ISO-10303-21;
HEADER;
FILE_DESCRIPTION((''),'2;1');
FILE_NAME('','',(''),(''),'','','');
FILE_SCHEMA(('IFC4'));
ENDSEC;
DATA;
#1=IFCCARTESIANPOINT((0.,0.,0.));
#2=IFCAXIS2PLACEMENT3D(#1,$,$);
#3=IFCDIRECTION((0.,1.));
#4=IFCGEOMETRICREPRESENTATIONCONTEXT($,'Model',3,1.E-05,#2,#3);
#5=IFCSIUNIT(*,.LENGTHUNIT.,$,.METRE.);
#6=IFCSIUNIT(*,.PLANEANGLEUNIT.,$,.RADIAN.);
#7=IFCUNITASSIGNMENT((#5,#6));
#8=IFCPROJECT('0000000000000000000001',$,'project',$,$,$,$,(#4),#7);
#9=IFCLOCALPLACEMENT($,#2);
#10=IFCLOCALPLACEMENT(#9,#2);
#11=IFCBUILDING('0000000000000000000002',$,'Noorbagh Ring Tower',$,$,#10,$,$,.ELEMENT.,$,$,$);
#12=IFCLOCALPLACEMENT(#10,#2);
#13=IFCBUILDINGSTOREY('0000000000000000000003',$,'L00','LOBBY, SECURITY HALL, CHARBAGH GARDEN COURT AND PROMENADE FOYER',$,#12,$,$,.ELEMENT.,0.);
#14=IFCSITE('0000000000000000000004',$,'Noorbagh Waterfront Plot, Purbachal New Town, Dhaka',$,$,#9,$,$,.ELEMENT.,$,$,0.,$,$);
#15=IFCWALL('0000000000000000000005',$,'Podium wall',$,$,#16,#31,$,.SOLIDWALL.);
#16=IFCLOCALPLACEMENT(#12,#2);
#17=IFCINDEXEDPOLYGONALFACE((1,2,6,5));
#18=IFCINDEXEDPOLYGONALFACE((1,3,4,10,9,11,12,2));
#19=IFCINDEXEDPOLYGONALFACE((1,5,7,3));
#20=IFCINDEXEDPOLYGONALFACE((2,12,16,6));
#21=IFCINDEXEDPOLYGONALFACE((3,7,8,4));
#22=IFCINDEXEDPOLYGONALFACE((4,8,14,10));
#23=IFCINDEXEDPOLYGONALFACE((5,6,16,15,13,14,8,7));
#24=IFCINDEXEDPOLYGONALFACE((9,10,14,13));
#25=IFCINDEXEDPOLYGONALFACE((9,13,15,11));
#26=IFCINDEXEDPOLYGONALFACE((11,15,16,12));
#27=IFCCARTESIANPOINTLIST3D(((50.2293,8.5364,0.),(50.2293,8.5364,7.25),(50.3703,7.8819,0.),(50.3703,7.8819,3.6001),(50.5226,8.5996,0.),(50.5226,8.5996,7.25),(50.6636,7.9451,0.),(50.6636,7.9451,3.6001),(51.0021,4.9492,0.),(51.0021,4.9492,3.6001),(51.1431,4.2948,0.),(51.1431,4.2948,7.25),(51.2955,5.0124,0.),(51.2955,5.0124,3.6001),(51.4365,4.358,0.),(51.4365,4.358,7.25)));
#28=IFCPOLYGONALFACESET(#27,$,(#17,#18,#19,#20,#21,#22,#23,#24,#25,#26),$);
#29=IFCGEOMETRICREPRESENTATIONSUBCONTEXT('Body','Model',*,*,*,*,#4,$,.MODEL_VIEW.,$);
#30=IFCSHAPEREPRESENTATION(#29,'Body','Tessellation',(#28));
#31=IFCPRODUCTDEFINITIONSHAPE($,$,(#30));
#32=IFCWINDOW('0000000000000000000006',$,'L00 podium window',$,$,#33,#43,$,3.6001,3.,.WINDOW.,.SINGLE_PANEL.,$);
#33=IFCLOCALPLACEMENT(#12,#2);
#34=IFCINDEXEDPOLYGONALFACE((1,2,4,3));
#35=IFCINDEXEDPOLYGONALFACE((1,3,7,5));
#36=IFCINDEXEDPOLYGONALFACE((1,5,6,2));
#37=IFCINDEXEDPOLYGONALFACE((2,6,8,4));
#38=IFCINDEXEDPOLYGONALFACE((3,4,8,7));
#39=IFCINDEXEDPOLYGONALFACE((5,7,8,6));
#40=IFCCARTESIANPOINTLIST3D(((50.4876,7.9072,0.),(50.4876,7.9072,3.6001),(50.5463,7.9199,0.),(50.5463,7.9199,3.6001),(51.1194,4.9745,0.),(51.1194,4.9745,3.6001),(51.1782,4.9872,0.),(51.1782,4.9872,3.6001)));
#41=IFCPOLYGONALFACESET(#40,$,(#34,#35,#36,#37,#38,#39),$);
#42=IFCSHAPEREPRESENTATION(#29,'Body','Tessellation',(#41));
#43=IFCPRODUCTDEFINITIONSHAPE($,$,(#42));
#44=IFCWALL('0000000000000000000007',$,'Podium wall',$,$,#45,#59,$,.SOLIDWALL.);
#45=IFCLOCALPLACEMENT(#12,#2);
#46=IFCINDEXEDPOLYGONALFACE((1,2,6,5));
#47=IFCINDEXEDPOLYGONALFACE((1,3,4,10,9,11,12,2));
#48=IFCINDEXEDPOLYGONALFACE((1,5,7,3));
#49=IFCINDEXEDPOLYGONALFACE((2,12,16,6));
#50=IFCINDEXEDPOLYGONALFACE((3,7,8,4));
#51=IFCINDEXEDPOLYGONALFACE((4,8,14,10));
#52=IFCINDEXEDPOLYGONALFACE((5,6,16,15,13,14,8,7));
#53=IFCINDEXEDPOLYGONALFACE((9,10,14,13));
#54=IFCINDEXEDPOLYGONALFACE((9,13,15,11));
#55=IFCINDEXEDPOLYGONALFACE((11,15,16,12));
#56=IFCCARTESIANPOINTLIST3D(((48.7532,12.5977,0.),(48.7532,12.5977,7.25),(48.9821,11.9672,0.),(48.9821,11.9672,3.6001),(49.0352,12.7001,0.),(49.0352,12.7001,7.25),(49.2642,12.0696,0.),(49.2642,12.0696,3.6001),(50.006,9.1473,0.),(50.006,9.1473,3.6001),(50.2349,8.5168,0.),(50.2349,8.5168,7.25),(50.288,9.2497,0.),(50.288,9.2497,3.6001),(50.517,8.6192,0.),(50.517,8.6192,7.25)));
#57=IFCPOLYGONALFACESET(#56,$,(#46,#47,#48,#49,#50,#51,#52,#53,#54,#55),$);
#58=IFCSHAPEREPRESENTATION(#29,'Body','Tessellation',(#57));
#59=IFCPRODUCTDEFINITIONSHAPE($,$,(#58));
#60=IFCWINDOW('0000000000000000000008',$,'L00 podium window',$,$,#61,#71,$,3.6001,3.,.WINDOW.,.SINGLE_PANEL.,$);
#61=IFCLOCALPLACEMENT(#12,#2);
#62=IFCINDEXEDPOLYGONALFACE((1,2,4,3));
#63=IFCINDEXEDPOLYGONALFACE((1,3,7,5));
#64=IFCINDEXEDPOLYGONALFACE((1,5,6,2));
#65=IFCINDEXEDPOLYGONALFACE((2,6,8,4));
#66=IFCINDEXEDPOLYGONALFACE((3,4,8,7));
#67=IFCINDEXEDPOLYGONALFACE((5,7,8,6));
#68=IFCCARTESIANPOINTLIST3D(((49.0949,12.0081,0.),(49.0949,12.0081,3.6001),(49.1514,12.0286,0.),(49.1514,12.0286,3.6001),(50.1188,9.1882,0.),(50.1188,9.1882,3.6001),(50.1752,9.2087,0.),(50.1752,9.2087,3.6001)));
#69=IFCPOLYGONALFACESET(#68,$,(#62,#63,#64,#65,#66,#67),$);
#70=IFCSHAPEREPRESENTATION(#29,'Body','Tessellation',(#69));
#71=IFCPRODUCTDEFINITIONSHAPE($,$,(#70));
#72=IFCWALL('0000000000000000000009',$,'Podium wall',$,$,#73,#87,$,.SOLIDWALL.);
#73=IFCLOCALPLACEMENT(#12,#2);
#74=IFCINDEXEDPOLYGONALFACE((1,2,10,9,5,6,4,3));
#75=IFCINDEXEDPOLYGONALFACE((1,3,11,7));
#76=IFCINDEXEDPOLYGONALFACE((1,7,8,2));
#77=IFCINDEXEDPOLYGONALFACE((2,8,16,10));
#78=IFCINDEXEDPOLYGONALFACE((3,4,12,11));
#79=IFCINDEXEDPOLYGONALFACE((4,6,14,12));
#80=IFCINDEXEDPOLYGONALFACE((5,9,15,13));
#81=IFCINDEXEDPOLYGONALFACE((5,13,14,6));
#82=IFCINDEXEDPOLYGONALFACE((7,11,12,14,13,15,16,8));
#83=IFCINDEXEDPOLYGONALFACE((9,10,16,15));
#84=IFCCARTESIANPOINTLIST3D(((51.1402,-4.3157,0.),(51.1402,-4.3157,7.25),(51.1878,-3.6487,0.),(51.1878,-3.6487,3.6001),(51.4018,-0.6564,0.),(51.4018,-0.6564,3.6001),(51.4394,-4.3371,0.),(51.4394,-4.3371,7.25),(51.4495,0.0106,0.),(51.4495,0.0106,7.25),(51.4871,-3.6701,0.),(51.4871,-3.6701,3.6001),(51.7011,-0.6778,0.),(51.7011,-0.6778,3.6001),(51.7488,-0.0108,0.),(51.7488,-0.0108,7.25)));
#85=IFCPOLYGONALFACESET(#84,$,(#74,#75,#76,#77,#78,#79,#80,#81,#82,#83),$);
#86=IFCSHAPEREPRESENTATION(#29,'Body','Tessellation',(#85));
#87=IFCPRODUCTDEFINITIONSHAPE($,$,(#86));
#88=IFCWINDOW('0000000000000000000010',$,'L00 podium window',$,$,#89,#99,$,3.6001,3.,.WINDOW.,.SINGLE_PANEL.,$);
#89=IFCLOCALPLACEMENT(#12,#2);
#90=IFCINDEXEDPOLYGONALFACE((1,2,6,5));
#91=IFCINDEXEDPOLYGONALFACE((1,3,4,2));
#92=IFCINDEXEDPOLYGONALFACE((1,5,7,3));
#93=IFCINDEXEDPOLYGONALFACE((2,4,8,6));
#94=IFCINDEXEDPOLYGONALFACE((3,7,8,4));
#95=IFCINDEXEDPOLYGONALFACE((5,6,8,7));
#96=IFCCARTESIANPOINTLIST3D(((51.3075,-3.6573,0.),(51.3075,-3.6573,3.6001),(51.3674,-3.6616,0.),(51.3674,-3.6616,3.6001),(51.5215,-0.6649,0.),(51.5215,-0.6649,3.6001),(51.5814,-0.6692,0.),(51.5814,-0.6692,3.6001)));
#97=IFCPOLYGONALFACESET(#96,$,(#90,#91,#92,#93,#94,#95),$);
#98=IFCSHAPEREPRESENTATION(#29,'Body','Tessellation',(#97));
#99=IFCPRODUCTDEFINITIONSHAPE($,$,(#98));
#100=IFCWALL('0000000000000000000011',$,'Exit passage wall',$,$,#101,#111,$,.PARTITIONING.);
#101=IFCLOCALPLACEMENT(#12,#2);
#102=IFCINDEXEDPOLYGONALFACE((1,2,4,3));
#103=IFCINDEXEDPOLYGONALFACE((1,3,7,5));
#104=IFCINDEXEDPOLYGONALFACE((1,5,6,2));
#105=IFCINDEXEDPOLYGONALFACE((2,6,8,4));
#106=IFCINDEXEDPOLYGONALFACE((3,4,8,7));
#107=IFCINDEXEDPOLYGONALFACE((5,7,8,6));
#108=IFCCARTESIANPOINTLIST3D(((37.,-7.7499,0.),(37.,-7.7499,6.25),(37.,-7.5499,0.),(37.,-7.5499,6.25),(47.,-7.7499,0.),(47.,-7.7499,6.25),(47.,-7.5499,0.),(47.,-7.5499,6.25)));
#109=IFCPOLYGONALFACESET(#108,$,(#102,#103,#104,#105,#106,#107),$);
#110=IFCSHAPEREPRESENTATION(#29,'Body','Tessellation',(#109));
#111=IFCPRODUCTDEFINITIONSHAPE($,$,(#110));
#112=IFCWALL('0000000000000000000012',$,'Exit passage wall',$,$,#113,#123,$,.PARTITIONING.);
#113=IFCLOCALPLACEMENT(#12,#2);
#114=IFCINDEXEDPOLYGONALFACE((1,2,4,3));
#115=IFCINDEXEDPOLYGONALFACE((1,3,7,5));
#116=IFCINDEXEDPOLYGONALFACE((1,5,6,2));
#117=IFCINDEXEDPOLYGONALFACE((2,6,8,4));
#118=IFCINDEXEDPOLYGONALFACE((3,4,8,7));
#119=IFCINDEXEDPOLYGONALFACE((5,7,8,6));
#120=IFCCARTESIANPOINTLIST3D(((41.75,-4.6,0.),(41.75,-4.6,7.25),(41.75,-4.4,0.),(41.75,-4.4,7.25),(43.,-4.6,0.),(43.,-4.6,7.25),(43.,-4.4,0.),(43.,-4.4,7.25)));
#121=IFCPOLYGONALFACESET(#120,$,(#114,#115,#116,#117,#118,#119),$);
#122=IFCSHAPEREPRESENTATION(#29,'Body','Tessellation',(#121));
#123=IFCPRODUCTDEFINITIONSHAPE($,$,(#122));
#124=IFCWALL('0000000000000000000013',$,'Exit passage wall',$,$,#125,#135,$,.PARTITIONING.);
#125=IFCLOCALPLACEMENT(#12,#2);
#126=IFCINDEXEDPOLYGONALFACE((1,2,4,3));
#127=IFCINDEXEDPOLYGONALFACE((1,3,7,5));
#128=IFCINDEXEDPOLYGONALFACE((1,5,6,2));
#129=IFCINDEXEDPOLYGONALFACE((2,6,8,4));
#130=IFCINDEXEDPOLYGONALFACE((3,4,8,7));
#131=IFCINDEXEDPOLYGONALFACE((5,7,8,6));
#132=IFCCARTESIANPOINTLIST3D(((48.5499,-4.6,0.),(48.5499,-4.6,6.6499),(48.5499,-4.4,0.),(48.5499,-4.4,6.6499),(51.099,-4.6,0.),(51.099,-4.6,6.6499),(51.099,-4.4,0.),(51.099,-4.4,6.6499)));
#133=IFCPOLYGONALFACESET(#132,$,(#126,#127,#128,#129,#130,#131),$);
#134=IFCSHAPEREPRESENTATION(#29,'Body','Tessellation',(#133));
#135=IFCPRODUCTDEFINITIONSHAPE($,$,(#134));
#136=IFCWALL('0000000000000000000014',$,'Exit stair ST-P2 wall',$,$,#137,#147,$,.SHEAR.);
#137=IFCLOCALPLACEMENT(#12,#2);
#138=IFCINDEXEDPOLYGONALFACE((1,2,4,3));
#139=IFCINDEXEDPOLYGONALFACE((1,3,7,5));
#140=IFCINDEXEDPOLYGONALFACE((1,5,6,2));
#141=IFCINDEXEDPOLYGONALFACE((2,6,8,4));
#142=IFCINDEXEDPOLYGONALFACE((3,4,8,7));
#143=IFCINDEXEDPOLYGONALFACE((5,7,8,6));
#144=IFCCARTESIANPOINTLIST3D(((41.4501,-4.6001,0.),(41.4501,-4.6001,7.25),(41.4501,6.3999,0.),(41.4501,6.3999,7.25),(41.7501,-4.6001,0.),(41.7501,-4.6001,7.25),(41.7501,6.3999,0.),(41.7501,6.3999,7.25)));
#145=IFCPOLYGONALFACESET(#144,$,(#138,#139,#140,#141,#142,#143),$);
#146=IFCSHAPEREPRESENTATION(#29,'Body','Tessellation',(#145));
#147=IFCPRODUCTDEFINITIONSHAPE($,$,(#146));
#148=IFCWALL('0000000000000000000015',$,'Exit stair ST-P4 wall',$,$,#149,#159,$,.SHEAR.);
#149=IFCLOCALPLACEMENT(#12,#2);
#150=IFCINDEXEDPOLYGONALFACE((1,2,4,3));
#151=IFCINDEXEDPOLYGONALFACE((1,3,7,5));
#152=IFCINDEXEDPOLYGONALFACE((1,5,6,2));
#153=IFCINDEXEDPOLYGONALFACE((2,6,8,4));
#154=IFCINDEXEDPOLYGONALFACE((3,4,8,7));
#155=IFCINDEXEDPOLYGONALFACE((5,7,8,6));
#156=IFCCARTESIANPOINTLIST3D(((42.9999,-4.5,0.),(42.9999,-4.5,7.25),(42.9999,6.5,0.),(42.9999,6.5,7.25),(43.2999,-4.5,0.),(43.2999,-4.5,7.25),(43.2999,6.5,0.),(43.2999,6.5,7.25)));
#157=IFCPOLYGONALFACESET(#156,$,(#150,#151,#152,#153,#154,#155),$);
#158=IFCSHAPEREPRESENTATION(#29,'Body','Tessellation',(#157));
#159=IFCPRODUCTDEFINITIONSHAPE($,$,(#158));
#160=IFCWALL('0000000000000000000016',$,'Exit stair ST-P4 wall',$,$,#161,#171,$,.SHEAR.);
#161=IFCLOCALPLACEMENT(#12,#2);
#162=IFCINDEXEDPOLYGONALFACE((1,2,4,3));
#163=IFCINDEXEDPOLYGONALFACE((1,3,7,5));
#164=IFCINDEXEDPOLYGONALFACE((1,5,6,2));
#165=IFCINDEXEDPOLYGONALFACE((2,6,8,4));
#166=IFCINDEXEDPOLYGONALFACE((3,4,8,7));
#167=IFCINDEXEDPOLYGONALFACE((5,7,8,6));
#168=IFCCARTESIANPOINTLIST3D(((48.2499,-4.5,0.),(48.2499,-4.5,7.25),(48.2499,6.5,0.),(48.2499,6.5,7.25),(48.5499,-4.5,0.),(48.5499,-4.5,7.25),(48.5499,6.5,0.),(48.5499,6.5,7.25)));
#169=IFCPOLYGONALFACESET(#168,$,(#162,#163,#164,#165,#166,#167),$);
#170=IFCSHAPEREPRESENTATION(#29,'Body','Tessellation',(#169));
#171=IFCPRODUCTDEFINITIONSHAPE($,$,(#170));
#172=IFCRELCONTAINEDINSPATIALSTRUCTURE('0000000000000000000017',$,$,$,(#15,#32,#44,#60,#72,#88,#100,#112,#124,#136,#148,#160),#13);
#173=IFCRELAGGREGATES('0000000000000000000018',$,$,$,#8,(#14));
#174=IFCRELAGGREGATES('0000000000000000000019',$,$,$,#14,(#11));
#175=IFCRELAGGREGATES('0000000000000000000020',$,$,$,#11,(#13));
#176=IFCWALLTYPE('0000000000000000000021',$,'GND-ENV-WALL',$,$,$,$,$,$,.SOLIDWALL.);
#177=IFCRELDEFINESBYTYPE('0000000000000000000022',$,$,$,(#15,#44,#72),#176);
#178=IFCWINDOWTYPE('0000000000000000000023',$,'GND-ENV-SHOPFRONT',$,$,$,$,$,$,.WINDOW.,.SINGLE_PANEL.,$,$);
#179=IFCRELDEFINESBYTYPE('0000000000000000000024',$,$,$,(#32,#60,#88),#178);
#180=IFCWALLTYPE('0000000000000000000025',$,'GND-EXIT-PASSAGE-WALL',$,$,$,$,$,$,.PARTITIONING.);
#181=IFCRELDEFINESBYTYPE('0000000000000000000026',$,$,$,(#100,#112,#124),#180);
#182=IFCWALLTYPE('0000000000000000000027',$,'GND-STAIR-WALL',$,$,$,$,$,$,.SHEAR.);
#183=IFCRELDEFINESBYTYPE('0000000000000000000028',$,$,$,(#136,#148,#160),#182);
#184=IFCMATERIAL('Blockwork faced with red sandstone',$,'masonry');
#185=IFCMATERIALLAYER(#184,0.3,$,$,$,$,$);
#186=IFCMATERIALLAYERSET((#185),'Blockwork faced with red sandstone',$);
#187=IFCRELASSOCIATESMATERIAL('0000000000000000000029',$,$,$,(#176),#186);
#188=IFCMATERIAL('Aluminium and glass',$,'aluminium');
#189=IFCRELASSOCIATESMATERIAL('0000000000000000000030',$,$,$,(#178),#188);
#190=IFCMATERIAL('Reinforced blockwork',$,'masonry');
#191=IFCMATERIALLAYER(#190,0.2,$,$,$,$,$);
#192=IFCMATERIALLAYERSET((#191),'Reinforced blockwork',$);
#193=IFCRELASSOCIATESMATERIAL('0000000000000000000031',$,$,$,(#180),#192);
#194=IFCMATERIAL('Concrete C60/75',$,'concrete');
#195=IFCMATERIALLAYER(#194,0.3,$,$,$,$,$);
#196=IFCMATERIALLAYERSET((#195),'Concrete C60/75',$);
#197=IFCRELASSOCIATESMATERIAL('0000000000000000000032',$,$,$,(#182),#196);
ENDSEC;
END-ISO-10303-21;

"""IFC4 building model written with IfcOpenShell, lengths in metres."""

from ifc_helpers import new_model, si_unit, direction, frame, frame_2d, origin, place, context, subcontext, project, spatial, rectangle, extrude, material, layer, layer_set, type_object, element, fill, save


model = new_model("IFC4")

# Units and contexts
model_context = context("Model", 3, precision=1e-05, world=origin(), true_north=direction((0.0, 1.0)))
body_context = subcontext(model_context, "Body", "Model", "MODEL_VIEW")
ifc_project = project(units=[si_unit("LENGTHUNIT", "METRE"), si_unit("PLANEANGLEUNIT", "RADIAN")], contexts=[model_context])

# Site, building, storey
site_placement = place(None, origin())
site = spatial("IfcSite", under=ifc_project, at=site_placement, Name="Noorbagh Waterfront Plot, Purbachal New Town, Dhaka", CompositionType="ELEMENT", RefElevation=0.0)
building_placement = place(site_placement, origin())
building = spatial("IfcBuilding", under=site, at=building_placement, Name="Noorbagh Ring Tower", CompositionType="ELEMENT")
storey_placement = place(building_placement, origin())
storey = spatial("IfcBuildingStorey", under=building, at=storey_placement, Name="L00", Description="LOBBY, SECURITY HALL, CHARBAGH GARDEN COURT AND PROMENADE FOYER", CompositionType="ELEMENT", Elevation=0.0)

# Walls, openings, windows
ifc_material_1 = material(Name="Blockwork faced with red sandstone", Category="masonry")
ifc_layer_1 = layer(ifc_material_1, 0.3)
ifc_layer_set_1 = layer_set([ifc_layer_1], Name="Blockwork faced with red sandstone")
wall_type_1 = type_object("IfcWallType", Name="GND-ENV-WALL", PredefinedType="SOLIDWALL", material=ifc_layer_set_1)
ifc_material_2 = material(Name="Aluminium and glass", Category="aluminium")
window_type = type_object("IfcWindowType", Name="GND-ENV-SHOPFRONT", PartitioningType="SINGLE_PANEL", PredefinedType="WINDOW", material=ifc_material_2)
wall_1_placement = place(storey_placement, frame((51.2898, 4.3264, 0.0), z_axis=(0.0, 0.0, 1.0), x_axis=(-0.210616, 0.977569, 0.0)))
wall_1 = element("IfcWall", 1, at=wall_1_placement, inside=storey, type_object=wall_type_1, Name="Podium wall", PredefinedType="SOLIDWALL", context=body_context, shape_type="SweptSolid", body=[
    extrude(rectangle(XDim=4.3389, YDim=0.3, at=frame_2d((2.1694, 0.0))), origin(), (0.0, 0.0, 1.0), 7.25),
])
opening_1_placement = place(wall_1_placement, frame((0.6694, 0.0, 0.0)))
opening_1 = element("IfcOpeningElement", 2, at=opening_1_placement, cuts=wall_1, PredefinedType="OPENING", context=body_context, shape_type="SweptSolid", body=[
    extrude(rectangle(XDim=3.0, YDim=3.6001, at=frame_2d((1.5, 1.8))), frame((0.0, 0.1602, 0.0), z_axis=(0.0, -1.0, 0.0), x_axis=(1.0, 0.0, 0.0)), (0.0, 0.0, 1.0), 0.3201),
])
window_1_placement = place(opening_1_placement, origin())
window_1 = element("IfcWindow", 3, at=window_1_placement, inside=storey, type_object=window_type, Name="L00 podium window", OverallHeight=3.6001, OverallWidth=3.0, PartitioningType="SINGLE_PANEL", PredefinedType="WINDOW", context=body_context, shape_type="SweptSolid", body=[
    extrude(rectangle(XDim=3.0, YDim=3.6001, at=frame_2d((1.5, 1.8))), frame((0.0, 0.03, 0.0), z_axis=(0.0, -1.0, 0.0), x_axis=(1.0, 0.0, 0.0)), (0.0, 0.0, 1.0), 0.0601),
])
fill(opening_1, window_1)
wall_2_placement = place(storey_placement, frame((50.376, 8.5679, 0.0), z_axis=(0.0, 0.0, 1.0), x_axis=(-0.341287, 0.939959, 0.0)))
wall_2 = element("IfcWall", 4, at=wall_2_placement, inside=storey, type_object=wall_type_1, Name="Podium wall", PredefinedType="SOLIDWALL", context=body_context, shape_type="SweptSolid", body=[
    extrude(rectangle(XDim=4.3416, YDim=0.3, at=frame_2d((2.1709, 0.0))), origin(), (0.0, 0.0, 1.0), 7.25),
])
opening_2_placement = place(wall_2_placement, frame((0.6709, 0.0, 0.0)))
opening_2 = element("IfcOpeningElement", 5, at=opening_2_placement, cuts=wall_2, PredefinedType="OPENING", context=body_context, shape_type="SweptSolid", body=[
    extrude(rectangle(XDim=3.0, YDim=3.6001, at=frame_2d((1.5, 1.8))), frame((0.0, 0.1602, 0.0), z_axis=(0.0, -1.0, 0.0), x_axis=(1.0, 0.0, 0.0)), (0.0, 0.0, 1.0), 0.3201),
])
window_2_placement = place(opening_2_placement, origin())
window_2 = element("IfcWindow", 6, at=window_2_placement, inside=storey, type_object=window_type, Name="L00 podium window", OverallHeight=3.6001, OverallWidth=3.0, PartitioningType="SINGLE_PANEL", PredefinedType="WINDOW", context=body_context, shape_type="SweptSolid", body=[
    extrude(rectangle(XDim=3.0, YDim=3.6001, at=frame_2d((1.5, 1.8))), frame((0.0, 0.03, 0.0), z_axis=(0.0, -1.0, 0.0), x_axis=(1.0, 0.0, 0.0)), (0.0, 0.0, 1.0), 0.0601),
])
fill(opening_2, window_2)
wall_3_placement = place(storey_placement, frame((51.2898, -4.3264, 0.0), z_axis=(0.0, 0.0, 1.0), x_axis=(0.071315, 0.997454, 0.0)))
wall_3 = element("IfcWall", 7, at=wall_3_placement, inside=storey, type_object=wall_type_1, Name="Podium wall", PredefinedType="SOLIDWALL", context=body_context, shape_type="SweptSolid", body=[
    extrude(rectangle(XDim=4.3374, YDim=0.3, at=frame_2d((2.1687, 0.0))), origin(), (0.0, 0.0, 1.0), 7.25),
])
opening_3_placement = place(wall_3_placement, frame((0.6687, 0.0, 0.0)))
opening_3 = element("IfcOpeningElement", 8, at=opening_3_placement, cuts=wall_3, PredefinedType="OPENING", context=body_context, shape_type="SweptSolid", body=[
    extrude(rectangle(XDim=3.0, YDim=3.6001, at=frame_2d((1.5, 1.8))), frame((0.0, 0.1602, 0.0), z_axis=(0.0, -1.0, 0.0), x_axis=(1.0, 0.0, 0.0)), (0.0, 0.0, 1.0), 0.3201),
])
window_3_placement = place(opening_3_placement, origin())
window_3 = element("IfcWindow", 9, at=window_3_placement, inside=storey, type_object=window_type, Name="L00 podium window", OverallHeight=3.6001, OverallWidth=3.0, PartitioningType="SINGLE_PANEL", PredefinedType="WINDOW", context=body_context, shape_type="SweptSolid", body=[
    extrude(rectangle(XDim=3.0, YDim=3.6001, at=frame_2d((1.5, 1.8))), frame((0.0, 0.03, 0.0), z_axis=(0.0, -1.0, 0.0), x_axis=(1.0, 0.0, 0.0)), (0.0, 0.0, 1.0), 0.0601),
])
fill(opening_3, window_3)

# Walls
ifc_material_3 = material(Name="Reinforced blockwork", Category="masonry")
ifc_layer_2 = layer(ifc_material_3, 0.2)
ifc_layer_set_2 = layer_set([ifc_layer_2], Name="Reinforced blockwork")
wall_type_2 = type_object("IfcWallType", Name="GND-EXIT-PASSAGE-WALL", PredefinedType="PARTITIONING", material=ifc_layer_set_2)
wall_4_placement = place(storey_placement, frame((47.0, -7.6499, 0.0), z_axis=(0.0, 0.0, 1.0), x_axis=(-1.0, 0.0, 0.0)))
element("IfcWall", 10, at=wall_4_placement, inside=storey, type_object=wall_type_2, Name="Exit passage wall", PredefinedType="PARTITIONING", context=body_context, shape_type="SweptSolid", body=[
    extrude(rectangle(XDim=10.0, YDim=0.2, at=frame_2d((5.0, 0.0))), origin(), (0.0, 0.0, 1.0), 6.25),
])
wall_5_placement = place(storey_placement, frame((41.75, -4.5, 0.0), z_axis=(0.0, 0.0, 1.0), x_axis=(1.0, 0.0, 0.0)))
element("IfcWall", 11, at=wall_5_placement, inside=storey, type_object=wall_type_2, Name="Exit passage wall", PredefinedType="PARTITIONING", context=body_context, shape_type="SweptSolid", body=[
    extrude(rectangle(XDim=1.25, YDim=0.2, at=frame_2d((0.625, 0.0))), origin(), (0.0, 0.0, 1.0), 7.25),
])
wall_6_placement = place(storey_placement, frame((48.55, -4.5, 0.0), z_axis=(0.0, 0.0, 1.0), x_axis=(1.0, 0.0, 0.0)))
element("IfcWall", 12, at=wall_6_placement, inside=storey, type_object=wall_type_2, Name="Exit passage wall", PredefinedType="PARTITIONING", context=body_context, shape_type="SweptSolid", body=[
    extrude(rectangle(XDim=2.5491, YDim=0.2, at=frame_2d((1.2744, 0.0))), origin(), (0.0, 0.0, 1.0), 6.6499),
])
ifc_material_4 = material(Name="Concrete C60/75", Category="concrete")
ifc_layer_3 = layer(ifc_material_4, 0.3)
ifc_layer_set_3 = layer_set([ifc_layer_3], Name="Concrete C60/75")
wall_type_3 = type_object("IfcWallType", Name="GND-STAIR-WALL", PredefinedType="SHEAR", material=ifc_layer_set_3)
for number, where, z_axis, x_axis, name in (
    (13, (41.6001, -4.6001, 0.0), (0.0, 0.0, 1.0), (0.0, 1.0, 0.0), "Exit stair ST-P2 wall"),
    (14, (43.1499, -4.5, 0.0), (0.0, 0.0, 1.0), (0.0, 1.0, 0.0), "Exit stair ST-P4 wall"),
    (15, (48.3999, -4.5, 0.0), (0.0, 0.0, 1.0), (0.0, 1.0, 0.0), "Exit stair ST-P4 wall"),
):
    element("IfcWall", number, at=place(storey_placement, frame(where, z_axis=z_axis, x_axis=x_axis)), inside=storey, type_object=wall_type_3, Name=name, PredefinedType="SHEAR", context=body_context, shape_type="SweptSolid", body=[
        extrude(rectangle(XDim=11.0, YDim=0.3, at=frame_2d((5.5, 0.0))), origin(), (0.0, 0.0, 1.0), 7.25),
    ])

save(model, "model.ifc")
